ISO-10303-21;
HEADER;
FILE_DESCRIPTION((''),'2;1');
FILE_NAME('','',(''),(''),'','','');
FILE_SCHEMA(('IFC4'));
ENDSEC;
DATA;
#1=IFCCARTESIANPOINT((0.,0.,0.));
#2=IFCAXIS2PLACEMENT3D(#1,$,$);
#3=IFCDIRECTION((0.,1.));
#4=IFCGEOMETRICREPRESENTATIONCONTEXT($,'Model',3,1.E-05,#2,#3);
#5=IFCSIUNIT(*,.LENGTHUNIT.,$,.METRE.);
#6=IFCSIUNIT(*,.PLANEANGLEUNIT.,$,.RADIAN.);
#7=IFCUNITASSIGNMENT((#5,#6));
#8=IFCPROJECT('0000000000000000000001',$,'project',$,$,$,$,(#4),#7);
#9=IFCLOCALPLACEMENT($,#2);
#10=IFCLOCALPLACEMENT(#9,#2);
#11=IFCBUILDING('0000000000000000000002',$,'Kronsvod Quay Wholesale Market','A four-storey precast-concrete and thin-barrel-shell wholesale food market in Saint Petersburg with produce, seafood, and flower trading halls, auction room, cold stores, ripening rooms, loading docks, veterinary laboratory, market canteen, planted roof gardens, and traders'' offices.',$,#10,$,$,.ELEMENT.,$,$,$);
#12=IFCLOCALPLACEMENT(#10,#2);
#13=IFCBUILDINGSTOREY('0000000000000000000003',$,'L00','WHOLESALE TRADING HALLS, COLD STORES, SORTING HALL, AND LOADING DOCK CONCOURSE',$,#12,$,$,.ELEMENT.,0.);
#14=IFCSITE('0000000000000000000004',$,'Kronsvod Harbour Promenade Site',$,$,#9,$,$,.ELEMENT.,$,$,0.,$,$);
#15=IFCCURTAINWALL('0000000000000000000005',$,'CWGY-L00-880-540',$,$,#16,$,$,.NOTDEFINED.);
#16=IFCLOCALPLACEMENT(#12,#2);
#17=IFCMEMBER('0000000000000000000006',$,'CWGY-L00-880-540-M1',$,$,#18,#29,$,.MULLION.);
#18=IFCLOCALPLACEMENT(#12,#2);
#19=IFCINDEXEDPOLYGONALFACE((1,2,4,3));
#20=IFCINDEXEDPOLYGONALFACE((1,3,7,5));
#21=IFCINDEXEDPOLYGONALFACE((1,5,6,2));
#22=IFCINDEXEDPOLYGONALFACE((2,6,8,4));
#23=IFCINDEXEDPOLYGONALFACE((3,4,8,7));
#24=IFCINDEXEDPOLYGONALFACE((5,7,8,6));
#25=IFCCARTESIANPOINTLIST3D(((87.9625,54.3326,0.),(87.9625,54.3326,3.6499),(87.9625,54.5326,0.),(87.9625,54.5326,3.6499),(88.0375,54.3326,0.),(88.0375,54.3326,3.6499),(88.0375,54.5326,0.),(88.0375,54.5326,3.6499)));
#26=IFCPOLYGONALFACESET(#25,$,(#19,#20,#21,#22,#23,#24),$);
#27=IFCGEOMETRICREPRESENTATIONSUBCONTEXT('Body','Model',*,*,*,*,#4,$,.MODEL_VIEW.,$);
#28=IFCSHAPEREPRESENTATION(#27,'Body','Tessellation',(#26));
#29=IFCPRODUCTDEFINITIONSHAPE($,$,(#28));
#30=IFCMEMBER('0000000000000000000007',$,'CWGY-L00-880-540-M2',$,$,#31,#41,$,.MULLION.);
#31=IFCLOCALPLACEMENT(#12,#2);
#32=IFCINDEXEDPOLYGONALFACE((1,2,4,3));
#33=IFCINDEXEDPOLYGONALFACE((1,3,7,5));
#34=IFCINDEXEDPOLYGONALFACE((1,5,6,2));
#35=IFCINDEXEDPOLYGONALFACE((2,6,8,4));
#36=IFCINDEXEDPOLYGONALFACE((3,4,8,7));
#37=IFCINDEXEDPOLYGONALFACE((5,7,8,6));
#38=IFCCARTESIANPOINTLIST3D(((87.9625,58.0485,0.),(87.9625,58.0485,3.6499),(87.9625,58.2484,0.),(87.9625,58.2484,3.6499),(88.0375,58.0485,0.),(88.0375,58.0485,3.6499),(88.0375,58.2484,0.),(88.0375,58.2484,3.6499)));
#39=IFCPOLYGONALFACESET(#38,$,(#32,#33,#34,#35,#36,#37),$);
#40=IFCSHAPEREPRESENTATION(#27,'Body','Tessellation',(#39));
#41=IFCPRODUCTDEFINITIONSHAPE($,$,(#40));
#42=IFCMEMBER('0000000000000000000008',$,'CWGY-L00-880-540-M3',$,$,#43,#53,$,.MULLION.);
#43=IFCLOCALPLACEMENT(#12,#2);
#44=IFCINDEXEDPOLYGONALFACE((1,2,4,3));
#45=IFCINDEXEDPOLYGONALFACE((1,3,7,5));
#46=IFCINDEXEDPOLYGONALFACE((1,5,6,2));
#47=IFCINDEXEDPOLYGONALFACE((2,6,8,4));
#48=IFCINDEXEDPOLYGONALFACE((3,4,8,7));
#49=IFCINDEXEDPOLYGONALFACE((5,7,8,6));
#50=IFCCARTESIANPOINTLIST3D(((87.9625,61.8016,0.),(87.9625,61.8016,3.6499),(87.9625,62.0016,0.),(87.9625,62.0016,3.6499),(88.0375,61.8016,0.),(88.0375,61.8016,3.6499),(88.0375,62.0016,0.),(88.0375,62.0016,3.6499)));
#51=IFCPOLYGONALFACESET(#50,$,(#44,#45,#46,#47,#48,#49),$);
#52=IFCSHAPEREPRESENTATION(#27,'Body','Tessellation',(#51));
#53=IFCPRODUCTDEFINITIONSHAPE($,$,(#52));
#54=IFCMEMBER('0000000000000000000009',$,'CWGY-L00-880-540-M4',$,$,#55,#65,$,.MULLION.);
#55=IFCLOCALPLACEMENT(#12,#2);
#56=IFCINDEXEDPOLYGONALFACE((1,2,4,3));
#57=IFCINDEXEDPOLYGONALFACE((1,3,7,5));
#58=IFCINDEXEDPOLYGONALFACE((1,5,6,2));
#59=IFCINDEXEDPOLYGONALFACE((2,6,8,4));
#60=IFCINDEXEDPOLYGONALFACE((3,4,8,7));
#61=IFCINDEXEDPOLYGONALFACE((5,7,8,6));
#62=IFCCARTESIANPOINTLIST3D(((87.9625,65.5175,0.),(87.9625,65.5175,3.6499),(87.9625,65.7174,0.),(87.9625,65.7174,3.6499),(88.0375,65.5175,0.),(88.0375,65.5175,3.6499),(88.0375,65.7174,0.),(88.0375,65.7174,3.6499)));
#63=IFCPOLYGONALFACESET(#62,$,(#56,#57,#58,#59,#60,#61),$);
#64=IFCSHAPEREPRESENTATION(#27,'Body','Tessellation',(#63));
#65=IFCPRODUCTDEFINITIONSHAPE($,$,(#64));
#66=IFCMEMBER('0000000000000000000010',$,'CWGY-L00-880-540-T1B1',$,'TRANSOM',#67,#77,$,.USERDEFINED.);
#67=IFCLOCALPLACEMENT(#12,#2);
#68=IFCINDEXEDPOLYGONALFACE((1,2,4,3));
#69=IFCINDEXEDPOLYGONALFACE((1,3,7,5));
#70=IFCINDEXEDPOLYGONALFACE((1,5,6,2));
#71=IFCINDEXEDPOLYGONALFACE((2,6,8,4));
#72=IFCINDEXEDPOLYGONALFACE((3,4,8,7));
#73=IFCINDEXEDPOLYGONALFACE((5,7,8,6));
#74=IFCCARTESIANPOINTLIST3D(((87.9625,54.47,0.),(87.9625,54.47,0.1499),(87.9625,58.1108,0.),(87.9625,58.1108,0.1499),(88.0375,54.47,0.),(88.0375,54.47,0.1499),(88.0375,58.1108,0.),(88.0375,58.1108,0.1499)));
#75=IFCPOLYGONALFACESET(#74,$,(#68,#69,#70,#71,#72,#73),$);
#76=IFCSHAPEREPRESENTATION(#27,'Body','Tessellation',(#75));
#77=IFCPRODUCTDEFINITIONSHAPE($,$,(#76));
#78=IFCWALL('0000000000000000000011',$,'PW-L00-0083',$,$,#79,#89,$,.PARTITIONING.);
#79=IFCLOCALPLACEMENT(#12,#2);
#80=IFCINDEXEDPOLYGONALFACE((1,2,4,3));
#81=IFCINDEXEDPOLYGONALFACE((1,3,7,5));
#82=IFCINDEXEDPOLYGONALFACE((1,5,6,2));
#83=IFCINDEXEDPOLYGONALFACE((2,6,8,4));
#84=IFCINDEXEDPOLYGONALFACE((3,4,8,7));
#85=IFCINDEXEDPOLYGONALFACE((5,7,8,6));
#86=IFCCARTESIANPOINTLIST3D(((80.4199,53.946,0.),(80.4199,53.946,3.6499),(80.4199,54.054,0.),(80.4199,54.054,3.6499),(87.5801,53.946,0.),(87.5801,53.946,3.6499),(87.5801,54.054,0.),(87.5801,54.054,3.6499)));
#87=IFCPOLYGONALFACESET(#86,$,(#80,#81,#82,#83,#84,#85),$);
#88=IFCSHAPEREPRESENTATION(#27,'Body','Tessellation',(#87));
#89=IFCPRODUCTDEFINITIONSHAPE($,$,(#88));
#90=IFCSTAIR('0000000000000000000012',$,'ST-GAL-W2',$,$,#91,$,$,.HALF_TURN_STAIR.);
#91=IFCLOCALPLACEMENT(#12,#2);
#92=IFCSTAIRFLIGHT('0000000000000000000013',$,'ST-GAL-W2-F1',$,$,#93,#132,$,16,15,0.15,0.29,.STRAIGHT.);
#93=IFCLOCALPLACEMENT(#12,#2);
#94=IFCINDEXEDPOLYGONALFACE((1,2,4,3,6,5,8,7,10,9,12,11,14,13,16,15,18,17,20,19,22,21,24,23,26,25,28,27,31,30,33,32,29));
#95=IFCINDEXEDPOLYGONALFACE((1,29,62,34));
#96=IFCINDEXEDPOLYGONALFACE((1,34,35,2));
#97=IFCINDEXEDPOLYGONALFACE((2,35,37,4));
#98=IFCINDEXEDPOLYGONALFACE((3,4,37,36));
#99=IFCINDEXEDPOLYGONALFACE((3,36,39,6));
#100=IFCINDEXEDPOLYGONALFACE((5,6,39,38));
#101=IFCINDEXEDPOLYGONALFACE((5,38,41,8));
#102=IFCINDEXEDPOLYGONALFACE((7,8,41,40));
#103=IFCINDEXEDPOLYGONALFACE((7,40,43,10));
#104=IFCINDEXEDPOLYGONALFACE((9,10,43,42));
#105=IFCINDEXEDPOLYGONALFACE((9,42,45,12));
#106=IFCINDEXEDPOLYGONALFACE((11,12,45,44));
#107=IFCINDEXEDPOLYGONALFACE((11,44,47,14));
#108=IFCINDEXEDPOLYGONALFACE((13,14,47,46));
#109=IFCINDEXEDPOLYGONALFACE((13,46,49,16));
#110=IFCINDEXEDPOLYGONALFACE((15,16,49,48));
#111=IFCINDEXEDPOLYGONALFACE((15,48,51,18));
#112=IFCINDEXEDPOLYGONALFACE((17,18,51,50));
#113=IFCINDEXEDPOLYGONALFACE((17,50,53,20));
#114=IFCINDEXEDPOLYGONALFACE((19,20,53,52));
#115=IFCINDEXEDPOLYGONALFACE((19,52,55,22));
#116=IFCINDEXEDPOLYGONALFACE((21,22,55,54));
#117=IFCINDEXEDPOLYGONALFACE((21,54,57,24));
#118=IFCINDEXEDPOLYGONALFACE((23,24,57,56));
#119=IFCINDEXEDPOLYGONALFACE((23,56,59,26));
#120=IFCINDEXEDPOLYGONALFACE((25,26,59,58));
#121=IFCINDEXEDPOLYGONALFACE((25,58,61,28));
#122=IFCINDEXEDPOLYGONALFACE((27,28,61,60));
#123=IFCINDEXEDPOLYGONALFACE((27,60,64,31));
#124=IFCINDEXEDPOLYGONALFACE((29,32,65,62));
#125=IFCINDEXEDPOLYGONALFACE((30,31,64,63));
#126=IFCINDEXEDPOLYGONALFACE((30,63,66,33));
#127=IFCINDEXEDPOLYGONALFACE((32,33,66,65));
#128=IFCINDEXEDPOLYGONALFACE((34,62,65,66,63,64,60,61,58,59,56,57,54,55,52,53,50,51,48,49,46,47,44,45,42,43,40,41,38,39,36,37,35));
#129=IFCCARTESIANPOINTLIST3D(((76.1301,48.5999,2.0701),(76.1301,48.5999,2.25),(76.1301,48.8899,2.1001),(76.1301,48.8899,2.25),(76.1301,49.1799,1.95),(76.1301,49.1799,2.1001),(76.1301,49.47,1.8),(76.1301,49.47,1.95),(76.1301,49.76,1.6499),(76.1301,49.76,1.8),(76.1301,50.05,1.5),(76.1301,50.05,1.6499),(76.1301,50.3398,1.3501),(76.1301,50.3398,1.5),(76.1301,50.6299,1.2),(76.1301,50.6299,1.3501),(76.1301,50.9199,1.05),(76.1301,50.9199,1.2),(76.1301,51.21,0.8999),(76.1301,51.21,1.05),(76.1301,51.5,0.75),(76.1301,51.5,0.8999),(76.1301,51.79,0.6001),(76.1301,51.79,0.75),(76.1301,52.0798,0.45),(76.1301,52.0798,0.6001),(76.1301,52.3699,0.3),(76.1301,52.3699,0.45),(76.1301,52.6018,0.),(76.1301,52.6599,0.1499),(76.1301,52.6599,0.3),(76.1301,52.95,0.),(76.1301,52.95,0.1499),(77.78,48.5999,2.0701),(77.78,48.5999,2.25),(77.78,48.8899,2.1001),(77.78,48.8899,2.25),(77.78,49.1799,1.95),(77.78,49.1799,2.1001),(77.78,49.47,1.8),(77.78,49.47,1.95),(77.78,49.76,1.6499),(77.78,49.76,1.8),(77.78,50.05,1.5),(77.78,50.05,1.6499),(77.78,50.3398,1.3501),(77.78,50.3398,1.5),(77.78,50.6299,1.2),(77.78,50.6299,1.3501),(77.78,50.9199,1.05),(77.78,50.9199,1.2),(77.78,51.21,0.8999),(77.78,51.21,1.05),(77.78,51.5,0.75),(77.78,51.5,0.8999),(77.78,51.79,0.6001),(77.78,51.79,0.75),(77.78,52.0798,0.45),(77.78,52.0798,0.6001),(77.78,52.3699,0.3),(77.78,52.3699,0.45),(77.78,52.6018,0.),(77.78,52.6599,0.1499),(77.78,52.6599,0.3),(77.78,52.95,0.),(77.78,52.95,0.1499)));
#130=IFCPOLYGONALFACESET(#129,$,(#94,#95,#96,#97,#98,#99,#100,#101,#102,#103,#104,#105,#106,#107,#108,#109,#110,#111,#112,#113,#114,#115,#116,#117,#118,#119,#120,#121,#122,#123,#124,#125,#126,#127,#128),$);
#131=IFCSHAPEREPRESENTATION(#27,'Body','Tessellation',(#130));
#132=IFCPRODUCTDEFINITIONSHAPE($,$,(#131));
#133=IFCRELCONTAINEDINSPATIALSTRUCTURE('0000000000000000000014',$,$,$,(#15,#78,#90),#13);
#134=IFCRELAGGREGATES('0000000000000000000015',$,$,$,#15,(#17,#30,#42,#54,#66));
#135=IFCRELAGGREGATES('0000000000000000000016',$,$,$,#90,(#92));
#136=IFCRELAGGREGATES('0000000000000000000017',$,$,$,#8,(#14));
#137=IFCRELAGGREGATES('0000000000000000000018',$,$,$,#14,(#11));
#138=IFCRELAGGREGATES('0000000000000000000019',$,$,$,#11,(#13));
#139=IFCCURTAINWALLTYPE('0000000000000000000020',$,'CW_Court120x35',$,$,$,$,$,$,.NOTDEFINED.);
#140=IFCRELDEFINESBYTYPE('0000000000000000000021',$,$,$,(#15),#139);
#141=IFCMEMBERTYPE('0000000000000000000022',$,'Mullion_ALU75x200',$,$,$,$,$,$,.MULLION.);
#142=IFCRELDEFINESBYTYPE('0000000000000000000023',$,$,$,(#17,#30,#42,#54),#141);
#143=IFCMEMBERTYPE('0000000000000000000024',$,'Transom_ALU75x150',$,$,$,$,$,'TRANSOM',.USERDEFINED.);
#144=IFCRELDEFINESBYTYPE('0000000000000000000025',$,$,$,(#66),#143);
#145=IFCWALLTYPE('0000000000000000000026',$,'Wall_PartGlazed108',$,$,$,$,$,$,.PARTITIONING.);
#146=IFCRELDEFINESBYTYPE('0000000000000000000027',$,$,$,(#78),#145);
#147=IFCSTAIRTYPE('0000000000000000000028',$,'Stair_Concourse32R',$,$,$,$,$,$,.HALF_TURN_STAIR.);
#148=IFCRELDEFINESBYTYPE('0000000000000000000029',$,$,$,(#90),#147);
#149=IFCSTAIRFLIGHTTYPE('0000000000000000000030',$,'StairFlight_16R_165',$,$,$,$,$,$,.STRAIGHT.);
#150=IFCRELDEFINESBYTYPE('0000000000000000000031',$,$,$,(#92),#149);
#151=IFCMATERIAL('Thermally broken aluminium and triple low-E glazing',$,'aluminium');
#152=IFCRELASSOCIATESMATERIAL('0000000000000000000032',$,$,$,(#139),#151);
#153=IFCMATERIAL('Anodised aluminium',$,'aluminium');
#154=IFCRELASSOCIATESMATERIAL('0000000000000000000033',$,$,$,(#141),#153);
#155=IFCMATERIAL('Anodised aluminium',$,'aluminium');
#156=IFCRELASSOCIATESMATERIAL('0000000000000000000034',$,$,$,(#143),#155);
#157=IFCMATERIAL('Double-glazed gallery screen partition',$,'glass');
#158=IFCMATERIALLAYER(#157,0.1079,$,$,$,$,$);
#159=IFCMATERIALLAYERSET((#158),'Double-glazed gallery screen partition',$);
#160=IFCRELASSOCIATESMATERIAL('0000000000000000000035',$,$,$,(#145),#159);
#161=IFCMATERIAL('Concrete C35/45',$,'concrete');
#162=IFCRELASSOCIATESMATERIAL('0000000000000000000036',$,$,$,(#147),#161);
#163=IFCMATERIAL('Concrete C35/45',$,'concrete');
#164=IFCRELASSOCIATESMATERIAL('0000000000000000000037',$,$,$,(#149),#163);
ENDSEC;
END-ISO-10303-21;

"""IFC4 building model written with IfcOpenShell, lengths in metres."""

from ifc_helpers import new_model, si_unit, direction, frame, frame_2d, origin, origin_2d, place, context, subcontext, project, spatial, polyline, rectangle, outline, extrude, material, layer, layer_set, material_profile, profile_set, type_object, element, aggregate, save


model = new_model("IFC4")

# Units and contexts
model_context = context("Model", 3, precision=1e-05, world=origin(), true_north=direction((0.0, 1.0)))
body_context = subcontext(model_context, "Body", "Model", "MODEL_VIEW")
ifc_project = project(units=[si_unit("LENGTHUNIT", "METRE"), si_unit("PLANEANGLEUNIT", "RADIAN")], contexts=[model_context])

# Site, building, storey
site_placement = place(None, origin())
site = spatial("IfcSite", under=ifc_project, at=site_placement, Name="Kronsvod Harbour Promenade Site", CompositionType="ELEMENT", RefElevation=0.0)
building_placement = place(site_placement, origin())
building = spatial("IfcBuilding", under=site, at=building_placement, Name="Kronsvod Quay Wholesale Market", Description="A four-storey precast-concrete and thin-barrel-shell wholesale food market in Saint Petersburg with produce, seafood, and flower trading halls, auction room, cold stores, ripening rooms, loading docks, veterinary laboratory, market canteen, planted roof gardens, and traders' offices.", CompositionType="ELEMENT")
storey_placement = place(building_placement, origin())
storey = spatial("IfcBuildingStorey", under=building, at=storey_placement, Name="L00", Description="WHOLESALE TRADING HALLS, COLD STORES, SORTING HALL, AND LOADING DOCK CONCOURSE", CompositionType="ELEMENT", Elevation=0.0)

# Curtain wall, members
ifc_material_1 = material(Name="Thermally broken aluminium and triple low-E glazing", Category="aluminium")
curtain_wall_type = type_object("IfcCurtainWallType", Name="CW_Court120x35", PredefinedType="NOTDEFINED", material=ifc_material_1)
curtain_wall_placement = place(storey_placement, origin())
curtain_wall = element("IfcCurtainWall", 1, at=curtain_wall_placement, inside=storey, type_object=curtain_wall_type, Name="CWGY-L00-880-540", PredefinedType="NOTDEFINED")
ifc_material_2 = material(Name="Anodised aluminium", Category="aluminium")
ifc_material_profile_1 = material_profile(ifc_material_2, rectangle(XDim=0.075, YDim=0.2, at=origin_2d()), Name="ALUM75x200")
ifc_profile_set_1 = profile_set([ifc_material_profile_1], Name="Anodised aluminium")
member_type_1 = type_object("IfcMemberType", Name="Mullion_ALU75x200", PredefinedType="MULLION", material=ifc_profile_set_1)
member_1_placement = place(storey_placement, frame((88.0, 54.4326, 0.0), z_axis=(0.0, 0.0, 1.0), x_axis=(1.0, 0.0, 0.0)))
member_1 = element("IfcMember", 2, at=member_1_placement, type_object=member_type_1, Name="CWGY-L00-880-540-M1", PredefinedType="MULLION", context=body_context, shape_type="SweptSolid", body=[
    extrude(rectangle(XDim=0.075, YDim=0.2, at=origin_2d()), origin(), (0.0, 0.0, 1.0), 3.6499),
])
member_2_placement = place(storey_placement, frame((88.0, 58.1484, 0.0), z_axis=(0.0, 0.0, 1.0), x_axis=(1.0, 0.0, 0.0)))
member_2 = element("IfcMember", 3, at=member_2_placement, type_object=member_type_1, Name="CWGY-L00-880-540-M2", PredefinedType="MULLION", context=body_context, shape_type="SweptSolid", body=[
    extrude(rectangle(XDim=0.075, YDim=0.2, at=origin_2d()), origin(), (0.0, 0.0, 1.0), 3.6499),
])
member_3_placement = place(storey_placement, frame((88.0, 61.9016, 0.0), z_axis=(0.0, 0.0, 1.0), x_axis=(1.0, 0.0, 0.0)))
member_3 = element("IfcMember", 4, at=member_3_placement, type_object=member_type_1, Name="CWGY-L00-880-540-M3", PredefinedType="MULLION", context=body_context, shape_type="SweptSolid", body=[
    extrude(rectangle(XDim=0.075, YDim=0.2, at=origin_2d()), origin(), (0.0, 0.0, 1.0), 3.6499),
])
member_4_placement = place(storey_placement, frame((88.0, 65.6174, 0.0), z_axis=(0.0, 0.0, 1.0), x_axis=(1.0, 0.0, 0.0)))
member_4 = element("IfcMember", 5, at=member_4_placement, type_object=member_type_1, Name="CWGY-L00-880-540-M4", PredefinedType="MULLION", context=body_context, shape_type="SweptSolid", body=[
    extrude(rectangle(XDim=0.075, YDim=0.2, at=origin_2d()), origin(), (0.0, 0.0, 1.0), 3.6499),
])
ifc_material_3 = material(Name="Anodised aluminium", Category="aluminium")
ifc_material_profile_2 = material_profile(ifc_material_3, rectangle(XDim=0.075, YDim=0.1499, at=origin_2d()), Name="ALUT75x150")
ifc_profile_set_2 = profile_set([ifc_material_profile_2], Name="Anodised aluminium")
member_type_2 = type_object("IfcMemberType", Name="Transom_ALU75x150", ElementType="TRANSOM", PredefinedType="USERDEFINED", material=ifc_profile_set_2)
member_5_placement = place(storey_placement, frame((88.0, 54.47, 0.075), z_axis=(0.0, 1.0, 0.0), x_axis=(-1.0, 0.0, 0.0)))
member_5 = element("IfcMember", 6, at=member_5_placement, type_object=member_type_2, Name="CWGY-L00-880-540-T1B1", ObjectType="TRANSOM", PredefinedType="USERDEFINED", context=body_context, shape_type="SweptSolid", body=[
    extrude(rectangle(XDim=0.075, YDim=0.1499, at=origin_2d()), origin(), (0.0, 0.0, 1.0), 3.6409),
])
aggregate(curtain_wall, [member_1, member_2, member_3, member_4, member_5])

# Wall
ifc_material_4 = material(Name="Double-glazed gallery screen partition", Category="glass")
ifc_layer = layer(ifc_material_4, 0.1079)
ifc_layer_set = layer_set([ifc_layer], Name="Double-glazed gallery screen partition")
wall_type = type_object("IfcWallType", Name="Wall_PartGlazed108", PredefinedType="PARTITIONING", material=ifc_layer_set)
wall_placement = place(storey_placement, frame((80.4199, 54.0, 0.0), z_axis=(0.0, 0.0, 1.0), x_axis=(1.0, 0.0, 0.0)))
element("IfcWall", 7, at=wall_placement, inside=storey, type_object=wall_type, Name="PW-L00-0083", PredefinedType="PARTITIONING", context=body_context, shape_type="SweptSolid", body=[
    extrude(rectangle(XDim=7.1602, YDim=0.1079, at=frame_2d((3.5801, 0.0))), origin(), (0.0, 0.0, 1.0), 3.6499),
])

# Stair, stair flight
ifc_material_5 = material(Name="Concrete C35/45", Category="concrete")
stair_type = type_object("IfcStairType", Name="Stair_Concourse32R", PredefinedType="HALF_TURN_STAIR", material=ifc_material_5)
stair_placement = place(storey_placement, origin())
stair = element("IfcStair", 8, at=stair_placement, inside=storey, type_object=stair_type, Name="ST-GAL-W2", PredefinedType="HALF_TURN_STAIR")
ifc_material_6 = material(Name="Concrete C35/45", Category="concrete")
stair_flight_type = type_object("IfcStairFlightType", Name="StairFlight_16R_165", PredefinedType="STRAIGHT", material=ifc_material_6)
stair_flight_placement = place(storey_placement, frame((76.9551, 52.95, 0.0), z_axis=(0.0, 0.0, 1.0), x_axis=(0.0, -1.0, 0.0)))
stair_flight = element("IfcStairFlight", 9, at=stair_flight_placement, type_object=stair_flight_type, Name="ST-GAL-W2-F1", NumberOfRisers=16, NumberOfTreads=15, PredefinedType="STRAIGHT", RiserHeight=0.15, TreadLength=0.29, context=body_context, shape_type="SweptSolid", body=[
    extrude(outline(polyline([(0.0, 0.0), (0.0, 0.1499), (0.29, 0.1499), (0.29, 0.3), (0.5801, 0.3), (0.5801, 0.45), (0.8701, 0.45), (0.8701, 0.6001), (1.1599, 0.6001), (1.1599, 0.75), (1.45, 0.75), (1.45, 0.8999), (1.74, 0.8999), (1.74, 1.05), (2.03, 1.05), (2.03, 1.2), (2.3201, 1.2), (2.3201, 1.3501), (2.6101, 1.3501), (2.6101, 1.5), (2.8999, 1.5), (2.8999, 1.6499), (3.1899, 1.6499), (3.1899, 1.8), (3.48, 1.8), (3.48, 1.95), (3.77, 1.95), (3.77, 2.1001), (4.0601, 2.1001), (4.0601, 2.25), (4.3501, 2.25), (4.3501, 2.3999), (4.3501, 2.0701), (0.3481, 0.0), (0.0, 0.0)])), frame((0.0, 0.825, 0.0), z_axis=(0.0, -1.0, 0.0), x_axis=(1.0, 0.0, 0.0)), (0.0, 0.0, 1.0), 1.6499),
])
aggregate(stair, [stair_flight])

save(model, "model.ifc")
